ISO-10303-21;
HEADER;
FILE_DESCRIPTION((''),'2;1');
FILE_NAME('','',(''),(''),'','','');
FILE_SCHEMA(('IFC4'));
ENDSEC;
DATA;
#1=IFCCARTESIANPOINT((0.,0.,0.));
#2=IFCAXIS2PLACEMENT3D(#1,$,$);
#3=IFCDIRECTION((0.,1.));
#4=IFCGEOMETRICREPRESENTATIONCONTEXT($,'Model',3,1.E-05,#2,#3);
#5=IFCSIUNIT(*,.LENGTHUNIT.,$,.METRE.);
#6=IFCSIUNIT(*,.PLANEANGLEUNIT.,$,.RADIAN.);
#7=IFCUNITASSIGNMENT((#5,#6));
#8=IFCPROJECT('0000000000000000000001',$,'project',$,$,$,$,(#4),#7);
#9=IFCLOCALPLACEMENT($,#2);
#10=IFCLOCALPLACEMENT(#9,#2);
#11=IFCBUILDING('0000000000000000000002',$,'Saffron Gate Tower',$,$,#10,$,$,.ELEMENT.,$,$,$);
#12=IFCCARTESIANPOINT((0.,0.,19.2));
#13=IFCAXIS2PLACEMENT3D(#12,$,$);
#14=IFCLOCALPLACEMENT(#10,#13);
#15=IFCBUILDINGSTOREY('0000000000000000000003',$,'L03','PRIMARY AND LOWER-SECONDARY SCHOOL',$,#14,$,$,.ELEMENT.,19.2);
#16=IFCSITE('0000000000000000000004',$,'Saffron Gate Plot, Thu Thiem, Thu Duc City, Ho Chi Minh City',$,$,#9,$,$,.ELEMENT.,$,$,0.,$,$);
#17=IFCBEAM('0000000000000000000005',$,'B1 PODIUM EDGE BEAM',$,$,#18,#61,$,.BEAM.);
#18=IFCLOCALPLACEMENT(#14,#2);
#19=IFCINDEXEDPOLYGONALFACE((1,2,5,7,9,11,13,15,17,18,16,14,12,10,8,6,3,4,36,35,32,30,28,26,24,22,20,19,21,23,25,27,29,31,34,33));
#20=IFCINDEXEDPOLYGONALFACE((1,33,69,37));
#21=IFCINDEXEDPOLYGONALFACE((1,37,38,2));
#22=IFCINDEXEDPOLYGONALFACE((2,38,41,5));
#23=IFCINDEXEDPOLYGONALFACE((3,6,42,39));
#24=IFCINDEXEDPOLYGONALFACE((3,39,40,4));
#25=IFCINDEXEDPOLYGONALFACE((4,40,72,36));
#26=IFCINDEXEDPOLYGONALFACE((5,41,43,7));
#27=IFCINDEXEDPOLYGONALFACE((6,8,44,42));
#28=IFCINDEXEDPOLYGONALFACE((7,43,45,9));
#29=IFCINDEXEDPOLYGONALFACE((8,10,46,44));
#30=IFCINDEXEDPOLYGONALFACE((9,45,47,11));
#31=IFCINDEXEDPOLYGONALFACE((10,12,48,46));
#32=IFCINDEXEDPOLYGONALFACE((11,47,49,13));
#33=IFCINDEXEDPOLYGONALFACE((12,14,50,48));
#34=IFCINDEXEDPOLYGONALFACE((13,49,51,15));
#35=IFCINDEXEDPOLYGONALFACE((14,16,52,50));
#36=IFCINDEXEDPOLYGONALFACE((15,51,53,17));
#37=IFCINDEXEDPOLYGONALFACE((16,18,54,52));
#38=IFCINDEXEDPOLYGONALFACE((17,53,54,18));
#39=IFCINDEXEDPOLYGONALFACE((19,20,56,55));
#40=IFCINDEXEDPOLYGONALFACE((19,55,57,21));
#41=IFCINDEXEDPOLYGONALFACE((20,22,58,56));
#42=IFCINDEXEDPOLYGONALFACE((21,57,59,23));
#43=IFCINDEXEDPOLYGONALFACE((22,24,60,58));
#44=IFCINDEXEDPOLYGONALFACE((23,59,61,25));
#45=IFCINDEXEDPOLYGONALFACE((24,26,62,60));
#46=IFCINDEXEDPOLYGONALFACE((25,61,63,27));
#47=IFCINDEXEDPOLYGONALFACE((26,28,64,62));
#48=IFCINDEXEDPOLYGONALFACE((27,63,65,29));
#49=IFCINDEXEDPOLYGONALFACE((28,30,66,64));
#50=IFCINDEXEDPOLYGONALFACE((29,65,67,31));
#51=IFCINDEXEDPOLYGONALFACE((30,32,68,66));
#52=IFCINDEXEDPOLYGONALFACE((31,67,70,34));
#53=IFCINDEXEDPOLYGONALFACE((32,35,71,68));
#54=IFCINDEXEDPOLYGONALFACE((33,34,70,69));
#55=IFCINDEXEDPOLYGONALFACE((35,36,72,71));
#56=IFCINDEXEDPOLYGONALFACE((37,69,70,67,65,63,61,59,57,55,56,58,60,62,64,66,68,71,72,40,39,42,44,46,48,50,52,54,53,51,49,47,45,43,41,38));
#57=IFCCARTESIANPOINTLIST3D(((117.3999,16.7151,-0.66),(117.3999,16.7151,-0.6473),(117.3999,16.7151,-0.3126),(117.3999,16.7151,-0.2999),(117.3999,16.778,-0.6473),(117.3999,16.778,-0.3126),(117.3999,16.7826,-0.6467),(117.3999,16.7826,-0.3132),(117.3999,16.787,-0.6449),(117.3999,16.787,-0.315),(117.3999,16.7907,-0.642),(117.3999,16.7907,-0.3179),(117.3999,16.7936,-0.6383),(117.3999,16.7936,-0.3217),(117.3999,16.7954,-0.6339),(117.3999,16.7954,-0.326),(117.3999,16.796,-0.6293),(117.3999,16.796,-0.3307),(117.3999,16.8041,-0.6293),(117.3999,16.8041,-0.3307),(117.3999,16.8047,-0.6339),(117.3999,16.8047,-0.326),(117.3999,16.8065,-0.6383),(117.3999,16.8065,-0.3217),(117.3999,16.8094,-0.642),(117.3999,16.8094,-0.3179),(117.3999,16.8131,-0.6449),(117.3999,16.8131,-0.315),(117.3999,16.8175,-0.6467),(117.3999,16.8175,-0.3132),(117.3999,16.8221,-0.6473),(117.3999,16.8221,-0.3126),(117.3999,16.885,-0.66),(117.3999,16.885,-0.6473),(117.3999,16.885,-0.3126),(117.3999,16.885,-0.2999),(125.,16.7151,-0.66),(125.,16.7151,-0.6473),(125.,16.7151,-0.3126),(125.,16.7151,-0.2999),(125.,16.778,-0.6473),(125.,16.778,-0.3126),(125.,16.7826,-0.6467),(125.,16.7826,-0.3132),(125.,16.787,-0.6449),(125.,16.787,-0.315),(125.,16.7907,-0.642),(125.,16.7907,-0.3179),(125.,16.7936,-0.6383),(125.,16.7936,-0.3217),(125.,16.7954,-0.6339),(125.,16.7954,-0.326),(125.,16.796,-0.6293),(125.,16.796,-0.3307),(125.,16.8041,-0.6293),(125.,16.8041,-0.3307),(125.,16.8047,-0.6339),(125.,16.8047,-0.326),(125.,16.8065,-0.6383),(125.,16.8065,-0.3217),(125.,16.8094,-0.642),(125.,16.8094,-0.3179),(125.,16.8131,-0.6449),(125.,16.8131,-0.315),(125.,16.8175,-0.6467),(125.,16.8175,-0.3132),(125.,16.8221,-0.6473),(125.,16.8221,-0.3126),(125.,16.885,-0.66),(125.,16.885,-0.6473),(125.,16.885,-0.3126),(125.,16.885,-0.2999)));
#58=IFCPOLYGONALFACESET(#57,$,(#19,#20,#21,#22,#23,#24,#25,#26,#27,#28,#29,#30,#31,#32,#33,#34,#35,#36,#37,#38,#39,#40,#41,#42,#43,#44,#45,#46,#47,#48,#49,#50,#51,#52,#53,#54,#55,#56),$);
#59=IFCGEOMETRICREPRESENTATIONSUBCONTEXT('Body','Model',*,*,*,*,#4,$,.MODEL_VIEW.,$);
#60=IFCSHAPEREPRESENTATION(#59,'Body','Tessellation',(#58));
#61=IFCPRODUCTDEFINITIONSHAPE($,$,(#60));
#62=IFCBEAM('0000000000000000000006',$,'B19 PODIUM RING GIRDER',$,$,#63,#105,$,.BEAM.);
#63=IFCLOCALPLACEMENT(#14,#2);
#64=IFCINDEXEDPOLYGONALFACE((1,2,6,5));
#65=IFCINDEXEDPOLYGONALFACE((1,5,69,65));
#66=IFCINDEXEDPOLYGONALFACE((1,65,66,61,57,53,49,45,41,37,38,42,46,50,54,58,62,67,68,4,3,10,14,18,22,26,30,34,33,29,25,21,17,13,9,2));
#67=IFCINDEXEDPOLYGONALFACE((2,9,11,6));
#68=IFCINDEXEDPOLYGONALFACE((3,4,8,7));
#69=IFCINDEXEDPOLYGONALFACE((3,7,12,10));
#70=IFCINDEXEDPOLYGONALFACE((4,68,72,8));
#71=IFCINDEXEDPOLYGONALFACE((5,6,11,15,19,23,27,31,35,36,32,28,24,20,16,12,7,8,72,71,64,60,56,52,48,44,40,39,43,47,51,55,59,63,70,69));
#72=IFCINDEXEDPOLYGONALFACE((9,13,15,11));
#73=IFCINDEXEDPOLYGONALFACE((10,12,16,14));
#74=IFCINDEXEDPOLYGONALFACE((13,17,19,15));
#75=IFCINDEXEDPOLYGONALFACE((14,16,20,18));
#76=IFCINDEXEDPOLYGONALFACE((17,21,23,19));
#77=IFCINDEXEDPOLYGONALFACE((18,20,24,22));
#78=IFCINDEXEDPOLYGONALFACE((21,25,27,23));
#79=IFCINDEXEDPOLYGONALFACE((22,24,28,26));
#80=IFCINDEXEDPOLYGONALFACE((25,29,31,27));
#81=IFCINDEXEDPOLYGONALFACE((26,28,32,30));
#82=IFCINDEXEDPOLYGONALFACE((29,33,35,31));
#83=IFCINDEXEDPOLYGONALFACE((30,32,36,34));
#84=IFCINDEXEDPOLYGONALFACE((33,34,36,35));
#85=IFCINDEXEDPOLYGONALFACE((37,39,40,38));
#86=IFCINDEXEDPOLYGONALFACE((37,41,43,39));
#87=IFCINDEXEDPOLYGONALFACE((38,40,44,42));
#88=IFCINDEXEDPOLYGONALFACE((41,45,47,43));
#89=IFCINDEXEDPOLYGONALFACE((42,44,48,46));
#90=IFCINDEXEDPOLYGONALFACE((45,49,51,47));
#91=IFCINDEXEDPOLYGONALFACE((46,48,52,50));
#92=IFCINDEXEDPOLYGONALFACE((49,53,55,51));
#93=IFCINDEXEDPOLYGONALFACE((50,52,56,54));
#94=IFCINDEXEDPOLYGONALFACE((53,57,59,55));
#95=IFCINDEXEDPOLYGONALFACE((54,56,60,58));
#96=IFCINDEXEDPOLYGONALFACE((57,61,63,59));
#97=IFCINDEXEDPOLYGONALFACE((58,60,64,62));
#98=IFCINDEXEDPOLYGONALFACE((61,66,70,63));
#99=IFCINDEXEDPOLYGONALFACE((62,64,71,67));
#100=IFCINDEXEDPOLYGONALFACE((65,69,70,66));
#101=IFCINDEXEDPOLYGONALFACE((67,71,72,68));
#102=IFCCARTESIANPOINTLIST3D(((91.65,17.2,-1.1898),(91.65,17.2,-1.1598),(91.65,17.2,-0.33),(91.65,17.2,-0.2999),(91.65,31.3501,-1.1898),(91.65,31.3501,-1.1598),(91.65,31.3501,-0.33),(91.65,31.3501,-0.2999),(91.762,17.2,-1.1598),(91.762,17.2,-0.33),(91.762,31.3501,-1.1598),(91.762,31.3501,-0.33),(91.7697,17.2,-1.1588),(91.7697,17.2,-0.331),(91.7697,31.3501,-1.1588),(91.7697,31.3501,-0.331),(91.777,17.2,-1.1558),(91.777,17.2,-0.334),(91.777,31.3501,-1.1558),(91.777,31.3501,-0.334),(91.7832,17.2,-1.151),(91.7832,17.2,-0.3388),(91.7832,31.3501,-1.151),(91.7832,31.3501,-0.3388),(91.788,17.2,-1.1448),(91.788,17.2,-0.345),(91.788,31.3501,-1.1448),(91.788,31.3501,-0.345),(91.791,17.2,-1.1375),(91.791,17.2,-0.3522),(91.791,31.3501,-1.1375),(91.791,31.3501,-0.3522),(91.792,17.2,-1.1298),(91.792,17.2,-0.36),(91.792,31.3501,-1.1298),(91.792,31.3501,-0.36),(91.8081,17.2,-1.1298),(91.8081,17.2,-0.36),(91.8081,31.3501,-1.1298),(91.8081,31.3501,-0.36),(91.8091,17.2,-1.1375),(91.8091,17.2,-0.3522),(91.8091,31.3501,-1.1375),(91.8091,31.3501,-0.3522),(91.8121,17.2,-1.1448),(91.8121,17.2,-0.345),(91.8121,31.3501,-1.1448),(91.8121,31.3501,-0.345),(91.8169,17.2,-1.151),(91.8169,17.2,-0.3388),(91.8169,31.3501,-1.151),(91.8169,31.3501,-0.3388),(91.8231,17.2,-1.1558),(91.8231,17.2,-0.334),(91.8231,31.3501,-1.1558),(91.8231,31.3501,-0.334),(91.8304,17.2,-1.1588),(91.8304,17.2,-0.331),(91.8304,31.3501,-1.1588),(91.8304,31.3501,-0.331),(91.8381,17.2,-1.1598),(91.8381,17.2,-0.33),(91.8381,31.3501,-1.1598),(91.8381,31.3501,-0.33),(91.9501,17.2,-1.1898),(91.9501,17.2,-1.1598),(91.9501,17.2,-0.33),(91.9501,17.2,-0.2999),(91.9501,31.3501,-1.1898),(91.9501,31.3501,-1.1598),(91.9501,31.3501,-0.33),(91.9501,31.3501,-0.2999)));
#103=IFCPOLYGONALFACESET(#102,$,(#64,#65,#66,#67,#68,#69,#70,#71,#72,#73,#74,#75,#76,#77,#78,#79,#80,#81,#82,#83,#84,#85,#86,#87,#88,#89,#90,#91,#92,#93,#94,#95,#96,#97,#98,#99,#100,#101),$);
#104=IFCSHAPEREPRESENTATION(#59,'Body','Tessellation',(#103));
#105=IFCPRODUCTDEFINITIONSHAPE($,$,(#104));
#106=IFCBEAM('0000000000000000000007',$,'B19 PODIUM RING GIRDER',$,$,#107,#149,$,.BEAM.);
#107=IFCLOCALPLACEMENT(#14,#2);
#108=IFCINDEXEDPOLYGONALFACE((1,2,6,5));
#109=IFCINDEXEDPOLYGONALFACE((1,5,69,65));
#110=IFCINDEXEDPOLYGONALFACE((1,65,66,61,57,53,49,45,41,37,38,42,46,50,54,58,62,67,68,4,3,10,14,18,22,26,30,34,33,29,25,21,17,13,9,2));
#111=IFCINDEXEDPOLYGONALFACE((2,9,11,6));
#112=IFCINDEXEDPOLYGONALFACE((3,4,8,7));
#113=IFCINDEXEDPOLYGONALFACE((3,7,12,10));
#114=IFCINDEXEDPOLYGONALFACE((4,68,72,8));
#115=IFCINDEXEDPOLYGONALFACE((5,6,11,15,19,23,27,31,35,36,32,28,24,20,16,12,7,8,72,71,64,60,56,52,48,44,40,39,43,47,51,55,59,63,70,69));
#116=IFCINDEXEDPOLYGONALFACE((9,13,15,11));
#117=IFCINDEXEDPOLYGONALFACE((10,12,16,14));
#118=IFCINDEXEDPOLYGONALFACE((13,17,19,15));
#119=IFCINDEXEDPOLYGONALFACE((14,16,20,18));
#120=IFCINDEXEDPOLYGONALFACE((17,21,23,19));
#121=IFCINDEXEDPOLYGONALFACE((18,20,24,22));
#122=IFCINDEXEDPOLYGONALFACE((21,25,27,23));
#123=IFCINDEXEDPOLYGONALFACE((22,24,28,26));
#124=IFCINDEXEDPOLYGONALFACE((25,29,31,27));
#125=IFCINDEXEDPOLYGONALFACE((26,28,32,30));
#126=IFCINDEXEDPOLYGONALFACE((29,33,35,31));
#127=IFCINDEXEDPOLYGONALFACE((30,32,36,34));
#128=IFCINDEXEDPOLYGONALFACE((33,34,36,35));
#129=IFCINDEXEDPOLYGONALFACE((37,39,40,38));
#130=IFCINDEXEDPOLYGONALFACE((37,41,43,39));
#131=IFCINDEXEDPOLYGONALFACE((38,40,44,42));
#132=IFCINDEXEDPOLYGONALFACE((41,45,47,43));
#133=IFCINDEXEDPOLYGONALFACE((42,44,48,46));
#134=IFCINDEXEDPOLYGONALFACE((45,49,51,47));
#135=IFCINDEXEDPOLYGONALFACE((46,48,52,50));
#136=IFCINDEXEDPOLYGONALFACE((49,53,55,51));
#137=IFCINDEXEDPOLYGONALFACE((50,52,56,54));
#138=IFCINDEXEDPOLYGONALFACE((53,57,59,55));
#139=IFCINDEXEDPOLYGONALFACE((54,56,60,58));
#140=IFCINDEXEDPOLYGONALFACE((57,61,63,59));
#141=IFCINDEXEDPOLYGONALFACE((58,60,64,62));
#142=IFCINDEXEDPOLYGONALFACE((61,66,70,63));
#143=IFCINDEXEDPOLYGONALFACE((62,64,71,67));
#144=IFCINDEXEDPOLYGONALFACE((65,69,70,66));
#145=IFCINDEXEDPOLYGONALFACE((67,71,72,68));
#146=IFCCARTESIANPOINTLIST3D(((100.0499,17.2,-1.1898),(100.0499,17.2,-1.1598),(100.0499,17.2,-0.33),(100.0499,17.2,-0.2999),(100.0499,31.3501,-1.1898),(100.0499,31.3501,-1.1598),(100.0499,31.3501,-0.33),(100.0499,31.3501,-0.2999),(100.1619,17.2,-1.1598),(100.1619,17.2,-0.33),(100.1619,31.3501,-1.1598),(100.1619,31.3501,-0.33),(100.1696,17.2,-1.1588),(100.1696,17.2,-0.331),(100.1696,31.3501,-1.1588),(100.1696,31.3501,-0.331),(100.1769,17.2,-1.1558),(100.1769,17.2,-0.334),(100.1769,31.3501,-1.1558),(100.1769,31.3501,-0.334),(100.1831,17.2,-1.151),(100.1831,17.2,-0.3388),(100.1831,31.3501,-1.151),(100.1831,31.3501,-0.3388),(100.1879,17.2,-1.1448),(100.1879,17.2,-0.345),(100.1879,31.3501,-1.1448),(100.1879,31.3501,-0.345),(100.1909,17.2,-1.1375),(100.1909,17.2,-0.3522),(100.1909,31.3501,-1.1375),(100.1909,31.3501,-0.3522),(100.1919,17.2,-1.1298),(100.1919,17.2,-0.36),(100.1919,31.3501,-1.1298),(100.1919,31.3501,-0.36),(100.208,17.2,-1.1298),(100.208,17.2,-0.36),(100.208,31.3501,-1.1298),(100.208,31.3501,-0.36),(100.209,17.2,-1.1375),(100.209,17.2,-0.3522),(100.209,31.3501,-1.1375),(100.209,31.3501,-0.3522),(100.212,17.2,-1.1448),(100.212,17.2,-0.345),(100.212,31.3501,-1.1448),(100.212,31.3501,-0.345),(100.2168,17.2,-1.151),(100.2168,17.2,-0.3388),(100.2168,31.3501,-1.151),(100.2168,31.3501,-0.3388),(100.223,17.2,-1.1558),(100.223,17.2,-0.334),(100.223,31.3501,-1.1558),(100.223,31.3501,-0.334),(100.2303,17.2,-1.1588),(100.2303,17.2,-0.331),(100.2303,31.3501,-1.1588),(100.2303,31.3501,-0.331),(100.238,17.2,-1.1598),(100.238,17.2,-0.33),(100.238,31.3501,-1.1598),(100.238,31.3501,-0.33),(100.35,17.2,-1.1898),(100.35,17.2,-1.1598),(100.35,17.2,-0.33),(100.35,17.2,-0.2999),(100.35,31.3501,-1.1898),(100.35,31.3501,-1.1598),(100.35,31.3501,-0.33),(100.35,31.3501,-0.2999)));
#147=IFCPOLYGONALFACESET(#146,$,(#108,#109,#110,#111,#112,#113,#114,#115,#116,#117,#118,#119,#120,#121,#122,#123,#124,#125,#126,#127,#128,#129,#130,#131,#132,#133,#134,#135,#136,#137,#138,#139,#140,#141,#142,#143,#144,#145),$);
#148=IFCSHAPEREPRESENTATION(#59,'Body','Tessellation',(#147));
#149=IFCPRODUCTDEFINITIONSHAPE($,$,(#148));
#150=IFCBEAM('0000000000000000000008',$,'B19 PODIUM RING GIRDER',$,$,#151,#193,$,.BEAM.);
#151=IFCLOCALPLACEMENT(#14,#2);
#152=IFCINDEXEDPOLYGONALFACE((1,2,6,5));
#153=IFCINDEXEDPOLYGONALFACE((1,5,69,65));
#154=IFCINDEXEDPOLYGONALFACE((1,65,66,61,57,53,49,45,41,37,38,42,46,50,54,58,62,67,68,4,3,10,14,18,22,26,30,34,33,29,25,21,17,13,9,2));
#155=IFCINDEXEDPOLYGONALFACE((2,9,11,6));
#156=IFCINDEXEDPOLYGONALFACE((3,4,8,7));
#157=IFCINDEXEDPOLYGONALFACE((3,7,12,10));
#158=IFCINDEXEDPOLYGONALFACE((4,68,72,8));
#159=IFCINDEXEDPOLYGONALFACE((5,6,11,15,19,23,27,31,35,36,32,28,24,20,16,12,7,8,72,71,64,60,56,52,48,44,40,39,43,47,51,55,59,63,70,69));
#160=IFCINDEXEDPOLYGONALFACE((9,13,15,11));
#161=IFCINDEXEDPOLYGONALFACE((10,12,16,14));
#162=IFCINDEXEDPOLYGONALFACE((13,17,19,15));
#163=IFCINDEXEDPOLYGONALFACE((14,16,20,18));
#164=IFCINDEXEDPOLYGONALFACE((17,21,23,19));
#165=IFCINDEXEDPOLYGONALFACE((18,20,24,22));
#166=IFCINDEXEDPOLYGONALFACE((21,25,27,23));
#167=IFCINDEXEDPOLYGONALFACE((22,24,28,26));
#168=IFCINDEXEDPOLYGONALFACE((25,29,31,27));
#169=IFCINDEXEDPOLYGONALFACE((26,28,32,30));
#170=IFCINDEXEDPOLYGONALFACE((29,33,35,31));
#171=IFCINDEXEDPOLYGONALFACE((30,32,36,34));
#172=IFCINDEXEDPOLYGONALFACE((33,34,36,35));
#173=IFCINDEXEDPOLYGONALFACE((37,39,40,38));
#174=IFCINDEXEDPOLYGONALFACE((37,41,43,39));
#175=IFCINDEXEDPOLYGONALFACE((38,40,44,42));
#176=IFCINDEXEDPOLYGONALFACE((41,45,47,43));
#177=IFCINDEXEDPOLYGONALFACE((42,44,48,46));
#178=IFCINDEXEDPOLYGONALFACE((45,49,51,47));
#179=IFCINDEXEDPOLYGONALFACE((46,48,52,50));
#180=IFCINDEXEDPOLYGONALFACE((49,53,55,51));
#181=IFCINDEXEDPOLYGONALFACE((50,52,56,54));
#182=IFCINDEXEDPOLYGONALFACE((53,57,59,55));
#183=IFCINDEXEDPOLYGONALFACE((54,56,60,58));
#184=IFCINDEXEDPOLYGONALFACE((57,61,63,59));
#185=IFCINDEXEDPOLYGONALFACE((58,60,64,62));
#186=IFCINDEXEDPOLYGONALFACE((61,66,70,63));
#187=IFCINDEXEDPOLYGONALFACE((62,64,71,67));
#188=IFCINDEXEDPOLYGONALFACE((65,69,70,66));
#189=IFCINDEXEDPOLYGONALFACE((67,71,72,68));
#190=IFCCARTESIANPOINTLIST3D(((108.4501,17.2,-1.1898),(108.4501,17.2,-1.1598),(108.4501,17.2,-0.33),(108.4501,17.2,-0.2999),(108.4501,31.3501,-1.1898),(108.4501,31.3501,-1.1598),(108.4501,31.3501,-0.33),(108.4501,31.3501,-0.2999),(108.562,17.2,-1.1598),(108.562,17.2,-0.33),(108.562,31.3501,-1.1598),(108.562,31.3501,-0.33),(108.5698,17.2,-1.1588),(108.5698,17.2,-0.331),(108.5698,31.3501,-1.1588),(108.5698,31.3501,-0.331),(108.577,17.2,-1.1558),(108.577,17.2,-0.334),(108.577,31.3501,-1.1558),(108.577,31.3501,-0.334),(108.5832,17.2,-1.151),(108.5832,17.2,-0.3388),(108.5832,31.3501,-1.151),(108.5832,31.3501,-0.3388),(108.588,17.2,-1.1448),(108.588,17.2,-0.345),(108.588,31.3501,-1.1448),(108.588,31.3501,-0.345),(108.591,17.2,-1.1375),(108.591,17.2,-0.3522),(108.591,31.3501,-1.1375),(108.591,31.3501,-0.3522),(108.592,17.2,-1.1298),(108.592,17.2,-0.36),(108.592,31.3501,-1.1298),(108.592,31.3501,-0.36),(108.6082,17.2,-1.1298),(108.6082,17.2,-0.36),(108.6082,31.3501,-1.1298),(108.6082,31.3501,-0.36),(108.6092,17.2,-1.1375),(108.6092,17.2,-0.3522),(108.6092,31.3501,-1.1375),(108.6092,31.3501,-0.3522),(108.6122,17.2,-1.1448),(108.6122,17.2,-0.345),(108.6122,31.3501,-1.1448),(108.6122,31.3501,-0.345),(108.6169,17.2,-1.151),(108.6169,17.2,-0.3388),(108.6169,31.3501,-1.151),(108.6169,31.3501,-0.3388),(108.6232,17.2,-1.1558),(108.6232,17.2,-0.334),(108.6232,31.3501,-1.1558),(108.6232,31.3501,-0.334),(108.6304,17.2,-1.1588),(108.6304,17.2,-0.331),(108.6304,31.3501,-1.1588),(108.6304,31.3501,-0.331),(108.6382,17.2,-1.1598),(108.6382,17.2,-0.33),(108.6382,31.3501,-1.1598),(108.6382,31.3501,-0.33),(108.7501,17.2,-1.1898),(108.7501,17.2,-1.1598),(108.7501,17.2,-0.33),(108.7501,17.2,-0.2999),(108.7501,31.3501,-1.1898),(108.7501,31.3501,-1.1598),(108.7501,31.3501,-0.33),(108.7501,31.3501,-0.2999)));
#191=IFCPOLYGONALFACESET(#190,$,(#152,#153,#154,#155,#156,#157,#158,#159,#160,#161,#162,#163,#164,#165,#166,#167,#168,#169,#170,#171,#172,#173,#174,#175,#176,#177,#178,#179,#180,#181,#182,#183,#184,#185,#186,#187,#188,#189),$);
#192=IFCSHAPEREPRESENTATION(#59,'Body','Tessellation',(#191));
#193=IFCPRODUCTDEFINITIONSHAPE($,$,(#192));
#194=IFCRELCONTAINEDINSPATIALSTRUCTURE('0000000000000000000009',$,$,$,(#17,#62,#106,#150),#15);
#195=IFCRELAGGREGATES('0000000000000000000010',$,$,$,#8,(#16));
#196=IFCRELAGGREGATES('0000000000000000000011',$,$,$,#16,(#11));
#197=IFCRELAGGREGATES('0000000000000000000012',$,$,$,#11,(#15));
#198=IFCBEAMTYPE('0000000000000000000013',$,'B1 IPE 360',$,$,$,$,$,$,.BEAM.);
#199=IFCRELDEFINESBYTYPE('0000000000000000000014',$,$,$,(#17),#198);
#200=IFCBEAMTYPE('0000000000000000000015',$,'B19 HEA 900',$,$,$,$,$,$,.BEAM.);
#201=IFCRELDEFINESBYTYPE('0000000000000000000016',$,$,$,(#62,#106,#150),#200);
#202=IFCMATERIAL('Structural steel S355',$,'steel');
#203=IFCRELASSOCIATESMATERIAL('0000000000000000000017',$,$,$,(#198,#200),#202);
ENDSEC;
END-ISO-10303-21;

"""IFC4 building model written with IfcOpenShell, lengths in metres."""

from ifc_helpers import new_model, si_unit, direction, frame, origin, origin_2d, place, context, subcontext, project, spatial, i_section, extrude, material, material_profile, profile_set, type_object, element, save


model = new_model("IFC4")

# Units and contexts
model_context = context("Model", 3, precision=1e-05, world=origin(), true_north=direction((0.0, 1.0)))
body_context = subcontext(model_context, "Body", "Model", "MODEL_VIEW")
ifc_project = project(units=[si_unit("LENGTHUNIT", "METRE"), si_unit("PLANEANGLEUNIT", "RADIAN")], contexts=[model_context])

# Site, building, storey
site_placement = place(None, origin())
site = spatial("IfcSite", under=ifc_project, at=site_placement, Name="Saffron Gate Plot, Thu Thiem, Thu Duc City, Ho Chi Minh City", CompositionType="ELEMENT", RefElevation=0.0)
building_placement = place(site_placement, origin())
building = spatial("IfcBuilding", under=site, at=building_placement, Name="Saffron Gate Tower", CompositionType="ELEMENT")
storey_placement = place(building_placement, frame((0.0, 0.0, 19.2)))
storey = spatial("IfcBuildingStorey", under=building, at=storey_placement, Name="L03", Description="PRIMARY AND LOWER-SECONDARY SCHOOL", CompositionType="ELEMENT", Elevation=19.2)

# Beams
ifc_material_1 = material(Name="Structural steel S355", Category="steel")
ifc_material_profile_1 = material_profile(ifc_material_1, i_section(OverallWidth=0.1699, OverallDepth=0.3601, WebThickness=0.0081, FlangeThickness=0.0127, FilletRadius=0.0181, at=origin_2d()))
ifc_profile_set_1 = profile_set([ifc_material_profile_1], Name="Structural steel S355")
beam_type_1 = type_object("IfcBeamType", Name="B1 IPE 360", PredefinedType="BEAM", material=ifc_profile_set_1)
for number, where, z_axis, x_axis, name in (
    (1, (117.3999, 16.8, -0.48), (1.0, 0.0, 0.0), (0.0, 1.0, 0.0), "B1 PODIUM EDGE BEAM"),
):
    element("IfcBeam", number, at=place(storey_placement, frame(where, z_axis=z_axis, x_axis=x_axis)), inside=storey, type_object=beam_type_1, Name=name, PredefinedType="BEAM", context=body_context, shape_type="SweptSolid", body=[
        extrude(i_section(OverallWidth=0.1699, OverallDepth=0.3601, WebThickness=0.0081, FlangeThickness=0.0127, FilletRadius=0.0181, at=origin_2d()), origin(), (0.0, 0.0, 1.0), 7.6001),
    ])
ifc_material_profile_2 = material_profile(ifc_material_1, i_section(OverallWidth=0.3, OverallDepth=0.8899, WebThickness=0.0161, FlangeThickness=0.03, FilletRadius=0.03, at=origin_2d()))
ifc_profile_set_2 = profile_set([ifc_material_profile_2], Name="Structural steel S355")
beam_type_2 = type_object("IfcBeamType", Name="B19 HEA 900", PredefinedType="BEAM", material=ifc_profile_set_2)
for number, where, z_axis, x_axis, name in (
    (2, (91.8, 17.2, -0.7449), (0.0, 1.0, 0.0), (-1.0, 0.0, 0.0), "B19 PODIUM RING GIRDER"),
    (3, (100.2, 17.2, -0.7449), (0.0, 1.0, 0.0), (-1.0, 0.0, 0.0), "B19 PODIUM RING GIRDER"),
    (4, (108.6001, 17.2, -0.7449), (0.0, 1.0, 0.0), (-1.0, 0.0, 0.0), "B19 PODIUM RING GIRDER"),
):
    element("IfcBeam", number, at=place(storey_placement, frame(where, z_axis=z_axis, x_axis=x_axis)), inside=storey, type_object=beam_type_2, Name=name, PredefinedType="BEAM", context=body_context, shape_type="SweptSolid", body=[
        extrude(i_section(OverallWidth=0.3, OverallDepth=0.8899, WebThickness=0.0161, FlangeThickness=0.03, FilletRadius=0.03, at=origin_2d()), origin(), (0.0, 0.0, 1.0), 14.1501),
    ])

save(model, "model.ifc")
